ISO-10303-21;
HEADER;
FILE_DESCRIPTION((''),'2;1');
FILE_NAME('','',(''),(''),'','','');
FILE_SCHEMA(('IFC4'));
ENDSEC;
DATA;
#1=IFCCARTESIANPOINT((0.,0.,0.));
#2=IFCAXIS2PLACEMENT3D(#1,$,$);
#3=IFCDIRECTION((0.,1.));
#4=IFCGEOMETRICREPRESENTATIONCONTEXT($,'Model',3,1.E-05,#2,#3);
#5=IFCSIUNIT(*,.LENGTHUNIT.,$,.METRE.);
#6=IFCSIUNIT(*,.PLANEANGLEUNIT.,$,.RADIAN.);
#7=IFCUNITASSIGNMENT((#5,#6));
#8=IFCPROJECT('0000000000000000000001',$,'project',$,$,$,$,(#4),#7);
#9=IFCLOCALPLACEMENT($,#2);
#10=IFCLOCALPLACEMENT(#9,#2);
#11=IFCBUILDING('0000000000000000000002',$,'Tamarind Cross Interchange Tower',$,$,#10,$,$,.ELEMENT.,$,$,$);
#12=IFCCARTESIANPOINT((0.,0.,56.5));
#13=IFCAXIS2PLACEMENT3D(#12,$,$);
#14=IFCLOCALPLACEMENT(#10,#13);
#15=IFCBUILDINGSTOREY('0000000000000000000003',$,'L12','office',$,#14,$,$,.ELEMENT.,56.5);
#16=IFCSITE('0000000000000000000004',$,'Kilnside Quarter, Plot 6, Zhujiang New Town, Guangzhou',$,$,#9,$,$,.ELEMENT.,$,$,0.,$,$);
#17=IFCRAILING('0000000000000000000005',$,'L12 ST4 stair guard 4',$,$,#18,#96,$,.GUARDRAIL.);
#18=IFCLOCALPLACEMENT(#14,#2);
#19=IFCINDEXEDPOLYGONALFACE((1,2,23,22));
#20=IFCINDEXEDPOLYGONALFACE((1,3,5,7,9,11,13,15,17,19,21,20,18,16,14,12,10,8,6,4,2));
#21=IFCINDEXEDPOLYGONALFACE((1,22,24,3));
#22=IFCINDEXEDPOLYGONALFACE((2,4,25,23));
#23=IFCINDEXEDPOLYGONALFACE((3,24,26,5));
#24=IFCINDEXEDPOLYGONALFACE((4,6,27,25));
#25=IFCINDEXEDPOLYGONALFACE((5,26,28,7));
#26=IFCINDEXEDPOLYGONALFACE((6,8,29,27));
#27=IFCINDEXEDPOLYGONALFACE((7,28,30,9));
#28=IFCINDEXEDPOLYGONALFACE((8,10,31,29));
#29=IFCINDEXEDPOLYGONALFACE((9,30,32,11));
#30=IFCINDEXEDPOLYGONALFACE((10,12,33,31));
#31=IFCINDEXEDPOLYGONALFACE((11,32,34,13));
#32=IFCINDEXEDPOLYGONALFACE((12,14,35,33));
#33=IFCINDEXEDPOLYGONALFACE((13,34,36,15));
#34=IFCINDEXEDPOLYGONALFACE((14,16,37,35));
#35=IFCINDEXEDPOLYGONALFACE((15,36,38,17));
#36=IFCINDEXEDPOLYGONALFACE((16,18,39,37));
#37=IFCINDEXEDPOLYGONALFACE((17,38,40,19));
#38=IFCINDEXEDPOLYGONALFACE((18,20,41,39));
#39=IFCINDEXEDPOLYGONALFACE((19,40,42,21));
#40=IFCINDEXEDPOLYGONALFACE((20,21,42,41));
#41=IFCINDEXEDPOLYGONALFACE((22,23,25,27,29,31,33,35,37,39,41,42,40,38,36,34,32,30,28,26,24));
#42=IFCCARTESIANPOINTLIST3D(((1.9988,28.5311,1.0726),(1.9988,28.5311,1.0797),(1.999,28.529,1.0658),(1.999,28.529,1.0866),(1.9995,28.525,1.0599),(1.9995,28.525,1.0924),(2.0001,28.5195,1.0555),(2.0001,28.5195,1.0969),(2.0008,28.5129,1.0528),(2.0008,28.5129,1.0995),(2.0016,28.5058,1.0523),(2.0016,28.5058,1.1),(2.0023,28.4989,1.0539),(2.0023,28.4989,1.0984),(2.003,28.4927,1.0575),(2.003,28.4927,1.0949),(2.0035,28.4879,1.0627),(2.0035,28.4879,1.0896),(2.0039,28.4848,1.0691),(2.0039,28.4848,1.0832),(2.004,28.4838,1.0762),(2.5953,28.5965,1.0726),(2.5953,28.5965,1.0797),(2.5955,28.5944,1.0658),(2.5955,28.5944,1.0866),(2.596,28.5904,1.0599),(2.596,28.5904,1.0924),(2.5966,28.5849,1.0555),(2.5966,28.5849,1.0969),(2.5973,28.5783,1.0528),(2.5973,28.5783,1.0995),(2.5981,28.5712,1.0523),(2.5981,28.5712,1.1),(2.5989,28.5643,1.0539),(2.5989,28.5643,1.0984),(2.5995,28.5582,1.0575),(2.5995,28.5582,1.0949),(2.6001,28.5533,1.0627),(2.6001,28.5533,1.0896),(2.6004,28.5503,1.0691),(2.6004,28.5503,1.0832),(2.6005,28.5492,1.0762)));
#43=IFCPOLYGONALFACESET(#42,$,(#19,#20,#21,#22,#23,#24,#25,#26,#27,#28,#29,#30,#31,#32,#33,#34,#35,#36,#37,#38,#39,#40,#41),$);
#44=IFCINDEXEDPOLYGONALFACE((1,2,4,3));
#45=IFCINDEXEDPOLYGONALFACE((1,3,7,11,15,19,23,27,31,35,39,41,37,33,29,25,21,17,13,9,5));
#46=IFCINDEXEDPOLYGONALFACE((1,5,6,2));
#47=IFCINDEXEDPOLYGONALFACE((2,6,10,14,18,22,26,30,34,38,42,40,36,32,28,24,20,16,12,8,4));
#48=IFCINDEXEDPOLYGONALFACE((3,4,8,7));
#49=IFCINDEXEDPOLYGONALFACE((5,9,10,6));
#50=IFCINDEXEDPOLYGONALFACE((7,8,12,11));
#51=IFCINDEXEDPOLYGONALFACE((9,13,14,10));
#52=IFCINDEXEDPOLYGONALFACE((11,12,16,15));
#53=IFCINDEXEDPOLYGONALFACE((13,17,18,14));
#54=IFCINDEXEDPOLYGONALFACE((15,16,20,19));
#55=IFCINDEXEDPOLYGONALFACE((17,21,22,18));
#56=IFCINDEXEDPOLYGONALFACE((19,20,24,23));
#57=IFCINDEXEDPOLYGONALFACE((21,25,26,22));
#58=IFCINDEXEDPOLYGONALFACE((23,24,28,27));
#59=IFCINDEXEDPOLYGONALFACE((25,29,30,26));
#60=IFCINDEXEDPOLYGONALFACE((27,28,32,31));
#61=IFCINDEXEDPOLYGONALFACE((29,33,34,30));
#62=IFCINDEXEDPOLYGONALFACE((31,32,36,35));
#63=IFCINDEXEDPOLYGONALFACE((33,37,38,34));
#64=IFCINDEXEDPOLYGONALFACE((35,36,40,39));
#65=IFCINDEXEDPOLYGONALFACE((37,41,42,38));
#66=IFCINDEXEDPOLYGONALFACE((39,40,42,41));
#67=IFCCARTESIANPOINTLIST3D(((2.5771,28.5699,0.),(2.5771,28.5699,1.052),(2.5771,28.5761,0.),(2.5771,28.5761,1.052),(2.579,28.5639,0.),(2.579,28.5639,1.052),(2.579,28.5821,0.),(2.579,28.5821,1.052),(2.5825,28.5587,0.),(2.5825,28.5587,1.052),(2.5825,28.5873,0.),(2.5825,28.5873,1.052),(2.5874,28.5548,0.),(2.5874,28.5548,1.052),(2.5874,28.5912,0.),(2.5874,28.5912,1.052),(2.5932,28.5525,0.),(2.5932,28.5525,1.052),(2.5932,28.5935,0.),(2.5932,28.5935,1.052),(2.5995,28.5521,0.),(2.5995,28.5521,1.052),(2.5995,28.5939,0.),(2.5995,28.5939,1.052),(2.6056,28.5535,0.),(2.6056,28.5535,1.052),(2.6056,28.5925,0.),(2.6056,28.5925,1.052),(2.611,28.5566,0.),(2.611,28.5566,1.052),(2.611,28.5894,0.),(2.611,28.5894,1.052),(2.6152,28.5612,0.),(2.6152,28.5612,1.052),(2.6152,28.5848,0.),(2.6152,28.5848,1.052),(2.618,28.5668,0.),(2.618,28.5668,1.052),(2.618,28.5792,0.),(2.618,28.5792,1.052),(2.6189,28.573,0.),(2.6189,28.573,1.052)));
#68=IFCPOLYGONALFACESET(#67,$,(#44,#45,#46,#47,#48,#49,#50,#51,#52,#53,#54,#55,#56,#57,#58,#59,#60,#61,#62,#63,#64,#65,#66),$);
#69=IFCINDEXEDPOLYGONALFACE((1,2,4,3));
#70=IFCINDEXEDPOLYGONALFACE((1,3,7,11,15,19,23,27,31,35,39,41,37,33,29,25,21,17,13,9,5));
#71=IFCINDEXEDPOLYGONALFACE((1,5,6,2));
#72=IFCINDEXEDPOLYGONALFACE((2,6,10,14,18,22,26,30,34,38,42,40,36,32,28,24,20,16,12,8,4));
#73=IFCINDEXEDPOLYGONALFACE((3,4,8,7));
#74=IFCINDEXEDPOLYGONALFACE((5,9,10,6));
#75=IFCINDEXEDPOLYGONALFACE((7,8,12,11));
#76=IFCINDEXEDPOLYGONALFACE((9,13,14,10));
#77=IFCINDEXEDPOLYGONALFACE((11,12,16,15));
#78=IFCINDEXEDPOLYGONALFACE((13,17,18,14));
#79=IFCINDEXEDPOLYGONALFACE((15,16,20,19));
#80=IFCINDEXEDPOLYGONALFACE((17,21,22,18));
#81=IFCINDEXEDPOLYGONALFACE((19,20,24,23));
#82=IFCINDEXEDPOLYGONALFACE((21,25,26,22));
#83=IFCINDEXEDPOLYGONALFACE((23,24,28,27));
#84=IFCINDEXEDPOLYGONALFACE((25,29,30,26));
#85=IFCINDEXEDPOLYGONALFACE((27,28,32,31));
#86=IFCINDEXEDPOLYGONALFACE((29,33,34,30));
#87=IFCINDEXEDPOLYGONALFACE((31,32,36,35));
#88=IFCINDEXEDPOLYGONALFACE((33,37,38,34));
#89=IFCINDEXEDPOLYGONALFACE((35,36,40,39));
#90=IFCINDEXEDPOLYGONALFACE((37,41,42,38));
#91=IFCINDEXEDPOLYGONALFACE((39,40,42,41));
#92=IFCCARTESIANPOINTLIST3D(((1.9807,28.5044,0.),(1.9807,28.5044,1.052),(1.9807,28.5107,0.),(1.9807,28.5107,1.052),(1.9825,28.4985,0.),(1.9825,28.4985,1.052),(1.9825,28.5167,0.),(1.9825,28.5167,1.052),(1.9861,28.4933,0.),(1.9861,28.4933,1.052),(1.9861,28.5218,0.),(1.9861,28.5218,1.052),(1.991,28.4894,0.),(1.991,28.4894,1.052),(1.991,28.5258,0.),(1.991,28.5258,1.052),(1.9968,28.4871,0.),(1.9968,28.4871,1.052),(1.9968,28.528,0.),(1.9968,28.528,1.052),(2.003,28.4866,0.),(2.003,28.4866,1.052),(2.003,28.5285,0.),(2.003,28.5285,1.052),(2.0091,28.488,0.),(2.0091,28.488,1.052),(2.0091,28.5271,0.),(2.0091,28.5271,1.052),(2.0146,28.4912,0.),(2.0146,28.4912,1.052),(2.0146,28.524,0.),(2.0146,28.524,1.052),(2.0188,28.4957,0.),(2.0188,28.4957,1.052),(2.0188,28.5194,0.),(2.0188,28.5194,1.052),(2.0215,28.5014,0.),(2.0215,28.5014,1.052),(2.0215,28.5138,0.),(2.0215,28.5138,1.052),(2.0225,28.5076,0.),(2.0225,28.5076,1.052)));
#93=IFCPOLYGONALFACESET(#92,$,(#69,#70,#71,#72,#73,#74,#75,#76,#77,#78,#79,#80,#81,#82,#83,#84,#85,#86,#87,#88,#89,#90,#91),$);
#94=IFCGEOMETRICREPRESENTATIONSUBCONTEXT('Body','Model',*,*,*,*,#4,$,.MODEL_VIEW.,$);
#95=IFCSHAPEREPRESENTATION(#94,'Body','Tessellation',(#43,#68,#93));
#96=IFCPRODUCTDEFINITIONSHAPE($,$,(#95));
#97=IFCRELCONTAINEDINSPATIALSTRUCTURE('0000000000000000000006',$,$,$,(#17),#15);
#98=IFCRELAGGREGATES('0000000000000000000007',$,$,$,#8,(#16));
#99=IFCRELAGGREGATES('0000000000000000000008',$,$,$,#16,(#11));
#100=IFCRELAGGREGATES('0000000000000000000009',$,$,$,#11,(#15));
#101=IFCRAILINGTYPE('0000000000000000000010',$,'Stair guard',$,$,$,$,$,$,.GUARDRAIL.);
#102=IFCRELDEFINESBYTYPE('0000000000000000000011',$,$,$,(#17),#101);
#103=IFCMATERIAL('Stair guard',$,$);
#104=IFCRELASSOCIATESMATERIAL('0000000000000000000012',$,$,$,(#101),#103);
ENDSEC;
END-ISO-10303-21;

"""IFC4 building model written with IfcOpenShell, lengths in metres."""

from ifc_helpers import new_model, si_unit, direction, frame, origin, origin_2d, place, context, subcontext, project, spatial, circle, extrude, material, type_object, element, save


model = new_model("IFC4")

# Units and contexts
model_context = context("Model", 3, precision=1e-05, world=origin(), true_north=direction((0.0, 1.0)))
body_context = subcontext(model_context, "Body", "Model", "MODEL_VIEW")
ifc_project = project(units=[si_unit("LENGTHUNIT", "METRE"), si_unit("PLANEANGLEUNIT", "RADIAN")], contexts=[model_context])

# Site, building, storey
site_placement = place(None, origin())
site = spatial("IfcSite", under=ifc_project, at=site_placement, Name="Kilnside Quarter, Plot 6, Zhujiang New Town, Guangzhou", CompositionType="ELEMENT", RefElevation=0.0)
building_placement = place(site_placement, origin())
building = spatial("IfcBuilding", under=site, at=building_placement, Name="Tamarind Cross Interchange Tower", CompositionType="ELEMENT")
storey_placement = place(building_placement, frame((0.0, 0.0, 56.5)))
storey = spatial("IfcBuildingStorey", under=building, at=storey_placement, Name="L12", Description="office", CompositionType="ELEMENT", Elevation=56.5)

# Railing
ifc_material_1 = material(Name="Stair guard")
railing_type_1 = type_object("IfcRailingType", Name="Stair guard", PredefinedType="GUARDRAIL", material=ifc_material_1)
railing_1_placement = place(storey_placement, frame((2.5979, 28.573, 0.0)))
element("IfcRailing", 1, at=railing_1_placement, inside=storey, type_object=railing_type_1, Name="L12 ST4 stair guard 4", PredefinedType="GUARDRAIL", context=body_context, shape_type="SweptSolid", body=[
    extrude(circle(Radius=0.0239, at=origin_2d()), frame((0.0, 0.0, 1.0762), z_axis=(-0.994037, -0.109047, 0.0), x_axis=(0.109047, -0.994037, 0.0)), (0.0, 0.0, 1.0), 0.6001),
    extrude(circle(Radius=0.021, at=origin_2d()), origin(), (0.0, 0.0, 1.0), 1.052),
    extrude(circle(Radius=0.021, at=origin_2d()), frame((-0.5964, -0.0654, 0.0)), (0.0, 0.0, 1.0), 1.052),
])

save(model, "model.ifc")
